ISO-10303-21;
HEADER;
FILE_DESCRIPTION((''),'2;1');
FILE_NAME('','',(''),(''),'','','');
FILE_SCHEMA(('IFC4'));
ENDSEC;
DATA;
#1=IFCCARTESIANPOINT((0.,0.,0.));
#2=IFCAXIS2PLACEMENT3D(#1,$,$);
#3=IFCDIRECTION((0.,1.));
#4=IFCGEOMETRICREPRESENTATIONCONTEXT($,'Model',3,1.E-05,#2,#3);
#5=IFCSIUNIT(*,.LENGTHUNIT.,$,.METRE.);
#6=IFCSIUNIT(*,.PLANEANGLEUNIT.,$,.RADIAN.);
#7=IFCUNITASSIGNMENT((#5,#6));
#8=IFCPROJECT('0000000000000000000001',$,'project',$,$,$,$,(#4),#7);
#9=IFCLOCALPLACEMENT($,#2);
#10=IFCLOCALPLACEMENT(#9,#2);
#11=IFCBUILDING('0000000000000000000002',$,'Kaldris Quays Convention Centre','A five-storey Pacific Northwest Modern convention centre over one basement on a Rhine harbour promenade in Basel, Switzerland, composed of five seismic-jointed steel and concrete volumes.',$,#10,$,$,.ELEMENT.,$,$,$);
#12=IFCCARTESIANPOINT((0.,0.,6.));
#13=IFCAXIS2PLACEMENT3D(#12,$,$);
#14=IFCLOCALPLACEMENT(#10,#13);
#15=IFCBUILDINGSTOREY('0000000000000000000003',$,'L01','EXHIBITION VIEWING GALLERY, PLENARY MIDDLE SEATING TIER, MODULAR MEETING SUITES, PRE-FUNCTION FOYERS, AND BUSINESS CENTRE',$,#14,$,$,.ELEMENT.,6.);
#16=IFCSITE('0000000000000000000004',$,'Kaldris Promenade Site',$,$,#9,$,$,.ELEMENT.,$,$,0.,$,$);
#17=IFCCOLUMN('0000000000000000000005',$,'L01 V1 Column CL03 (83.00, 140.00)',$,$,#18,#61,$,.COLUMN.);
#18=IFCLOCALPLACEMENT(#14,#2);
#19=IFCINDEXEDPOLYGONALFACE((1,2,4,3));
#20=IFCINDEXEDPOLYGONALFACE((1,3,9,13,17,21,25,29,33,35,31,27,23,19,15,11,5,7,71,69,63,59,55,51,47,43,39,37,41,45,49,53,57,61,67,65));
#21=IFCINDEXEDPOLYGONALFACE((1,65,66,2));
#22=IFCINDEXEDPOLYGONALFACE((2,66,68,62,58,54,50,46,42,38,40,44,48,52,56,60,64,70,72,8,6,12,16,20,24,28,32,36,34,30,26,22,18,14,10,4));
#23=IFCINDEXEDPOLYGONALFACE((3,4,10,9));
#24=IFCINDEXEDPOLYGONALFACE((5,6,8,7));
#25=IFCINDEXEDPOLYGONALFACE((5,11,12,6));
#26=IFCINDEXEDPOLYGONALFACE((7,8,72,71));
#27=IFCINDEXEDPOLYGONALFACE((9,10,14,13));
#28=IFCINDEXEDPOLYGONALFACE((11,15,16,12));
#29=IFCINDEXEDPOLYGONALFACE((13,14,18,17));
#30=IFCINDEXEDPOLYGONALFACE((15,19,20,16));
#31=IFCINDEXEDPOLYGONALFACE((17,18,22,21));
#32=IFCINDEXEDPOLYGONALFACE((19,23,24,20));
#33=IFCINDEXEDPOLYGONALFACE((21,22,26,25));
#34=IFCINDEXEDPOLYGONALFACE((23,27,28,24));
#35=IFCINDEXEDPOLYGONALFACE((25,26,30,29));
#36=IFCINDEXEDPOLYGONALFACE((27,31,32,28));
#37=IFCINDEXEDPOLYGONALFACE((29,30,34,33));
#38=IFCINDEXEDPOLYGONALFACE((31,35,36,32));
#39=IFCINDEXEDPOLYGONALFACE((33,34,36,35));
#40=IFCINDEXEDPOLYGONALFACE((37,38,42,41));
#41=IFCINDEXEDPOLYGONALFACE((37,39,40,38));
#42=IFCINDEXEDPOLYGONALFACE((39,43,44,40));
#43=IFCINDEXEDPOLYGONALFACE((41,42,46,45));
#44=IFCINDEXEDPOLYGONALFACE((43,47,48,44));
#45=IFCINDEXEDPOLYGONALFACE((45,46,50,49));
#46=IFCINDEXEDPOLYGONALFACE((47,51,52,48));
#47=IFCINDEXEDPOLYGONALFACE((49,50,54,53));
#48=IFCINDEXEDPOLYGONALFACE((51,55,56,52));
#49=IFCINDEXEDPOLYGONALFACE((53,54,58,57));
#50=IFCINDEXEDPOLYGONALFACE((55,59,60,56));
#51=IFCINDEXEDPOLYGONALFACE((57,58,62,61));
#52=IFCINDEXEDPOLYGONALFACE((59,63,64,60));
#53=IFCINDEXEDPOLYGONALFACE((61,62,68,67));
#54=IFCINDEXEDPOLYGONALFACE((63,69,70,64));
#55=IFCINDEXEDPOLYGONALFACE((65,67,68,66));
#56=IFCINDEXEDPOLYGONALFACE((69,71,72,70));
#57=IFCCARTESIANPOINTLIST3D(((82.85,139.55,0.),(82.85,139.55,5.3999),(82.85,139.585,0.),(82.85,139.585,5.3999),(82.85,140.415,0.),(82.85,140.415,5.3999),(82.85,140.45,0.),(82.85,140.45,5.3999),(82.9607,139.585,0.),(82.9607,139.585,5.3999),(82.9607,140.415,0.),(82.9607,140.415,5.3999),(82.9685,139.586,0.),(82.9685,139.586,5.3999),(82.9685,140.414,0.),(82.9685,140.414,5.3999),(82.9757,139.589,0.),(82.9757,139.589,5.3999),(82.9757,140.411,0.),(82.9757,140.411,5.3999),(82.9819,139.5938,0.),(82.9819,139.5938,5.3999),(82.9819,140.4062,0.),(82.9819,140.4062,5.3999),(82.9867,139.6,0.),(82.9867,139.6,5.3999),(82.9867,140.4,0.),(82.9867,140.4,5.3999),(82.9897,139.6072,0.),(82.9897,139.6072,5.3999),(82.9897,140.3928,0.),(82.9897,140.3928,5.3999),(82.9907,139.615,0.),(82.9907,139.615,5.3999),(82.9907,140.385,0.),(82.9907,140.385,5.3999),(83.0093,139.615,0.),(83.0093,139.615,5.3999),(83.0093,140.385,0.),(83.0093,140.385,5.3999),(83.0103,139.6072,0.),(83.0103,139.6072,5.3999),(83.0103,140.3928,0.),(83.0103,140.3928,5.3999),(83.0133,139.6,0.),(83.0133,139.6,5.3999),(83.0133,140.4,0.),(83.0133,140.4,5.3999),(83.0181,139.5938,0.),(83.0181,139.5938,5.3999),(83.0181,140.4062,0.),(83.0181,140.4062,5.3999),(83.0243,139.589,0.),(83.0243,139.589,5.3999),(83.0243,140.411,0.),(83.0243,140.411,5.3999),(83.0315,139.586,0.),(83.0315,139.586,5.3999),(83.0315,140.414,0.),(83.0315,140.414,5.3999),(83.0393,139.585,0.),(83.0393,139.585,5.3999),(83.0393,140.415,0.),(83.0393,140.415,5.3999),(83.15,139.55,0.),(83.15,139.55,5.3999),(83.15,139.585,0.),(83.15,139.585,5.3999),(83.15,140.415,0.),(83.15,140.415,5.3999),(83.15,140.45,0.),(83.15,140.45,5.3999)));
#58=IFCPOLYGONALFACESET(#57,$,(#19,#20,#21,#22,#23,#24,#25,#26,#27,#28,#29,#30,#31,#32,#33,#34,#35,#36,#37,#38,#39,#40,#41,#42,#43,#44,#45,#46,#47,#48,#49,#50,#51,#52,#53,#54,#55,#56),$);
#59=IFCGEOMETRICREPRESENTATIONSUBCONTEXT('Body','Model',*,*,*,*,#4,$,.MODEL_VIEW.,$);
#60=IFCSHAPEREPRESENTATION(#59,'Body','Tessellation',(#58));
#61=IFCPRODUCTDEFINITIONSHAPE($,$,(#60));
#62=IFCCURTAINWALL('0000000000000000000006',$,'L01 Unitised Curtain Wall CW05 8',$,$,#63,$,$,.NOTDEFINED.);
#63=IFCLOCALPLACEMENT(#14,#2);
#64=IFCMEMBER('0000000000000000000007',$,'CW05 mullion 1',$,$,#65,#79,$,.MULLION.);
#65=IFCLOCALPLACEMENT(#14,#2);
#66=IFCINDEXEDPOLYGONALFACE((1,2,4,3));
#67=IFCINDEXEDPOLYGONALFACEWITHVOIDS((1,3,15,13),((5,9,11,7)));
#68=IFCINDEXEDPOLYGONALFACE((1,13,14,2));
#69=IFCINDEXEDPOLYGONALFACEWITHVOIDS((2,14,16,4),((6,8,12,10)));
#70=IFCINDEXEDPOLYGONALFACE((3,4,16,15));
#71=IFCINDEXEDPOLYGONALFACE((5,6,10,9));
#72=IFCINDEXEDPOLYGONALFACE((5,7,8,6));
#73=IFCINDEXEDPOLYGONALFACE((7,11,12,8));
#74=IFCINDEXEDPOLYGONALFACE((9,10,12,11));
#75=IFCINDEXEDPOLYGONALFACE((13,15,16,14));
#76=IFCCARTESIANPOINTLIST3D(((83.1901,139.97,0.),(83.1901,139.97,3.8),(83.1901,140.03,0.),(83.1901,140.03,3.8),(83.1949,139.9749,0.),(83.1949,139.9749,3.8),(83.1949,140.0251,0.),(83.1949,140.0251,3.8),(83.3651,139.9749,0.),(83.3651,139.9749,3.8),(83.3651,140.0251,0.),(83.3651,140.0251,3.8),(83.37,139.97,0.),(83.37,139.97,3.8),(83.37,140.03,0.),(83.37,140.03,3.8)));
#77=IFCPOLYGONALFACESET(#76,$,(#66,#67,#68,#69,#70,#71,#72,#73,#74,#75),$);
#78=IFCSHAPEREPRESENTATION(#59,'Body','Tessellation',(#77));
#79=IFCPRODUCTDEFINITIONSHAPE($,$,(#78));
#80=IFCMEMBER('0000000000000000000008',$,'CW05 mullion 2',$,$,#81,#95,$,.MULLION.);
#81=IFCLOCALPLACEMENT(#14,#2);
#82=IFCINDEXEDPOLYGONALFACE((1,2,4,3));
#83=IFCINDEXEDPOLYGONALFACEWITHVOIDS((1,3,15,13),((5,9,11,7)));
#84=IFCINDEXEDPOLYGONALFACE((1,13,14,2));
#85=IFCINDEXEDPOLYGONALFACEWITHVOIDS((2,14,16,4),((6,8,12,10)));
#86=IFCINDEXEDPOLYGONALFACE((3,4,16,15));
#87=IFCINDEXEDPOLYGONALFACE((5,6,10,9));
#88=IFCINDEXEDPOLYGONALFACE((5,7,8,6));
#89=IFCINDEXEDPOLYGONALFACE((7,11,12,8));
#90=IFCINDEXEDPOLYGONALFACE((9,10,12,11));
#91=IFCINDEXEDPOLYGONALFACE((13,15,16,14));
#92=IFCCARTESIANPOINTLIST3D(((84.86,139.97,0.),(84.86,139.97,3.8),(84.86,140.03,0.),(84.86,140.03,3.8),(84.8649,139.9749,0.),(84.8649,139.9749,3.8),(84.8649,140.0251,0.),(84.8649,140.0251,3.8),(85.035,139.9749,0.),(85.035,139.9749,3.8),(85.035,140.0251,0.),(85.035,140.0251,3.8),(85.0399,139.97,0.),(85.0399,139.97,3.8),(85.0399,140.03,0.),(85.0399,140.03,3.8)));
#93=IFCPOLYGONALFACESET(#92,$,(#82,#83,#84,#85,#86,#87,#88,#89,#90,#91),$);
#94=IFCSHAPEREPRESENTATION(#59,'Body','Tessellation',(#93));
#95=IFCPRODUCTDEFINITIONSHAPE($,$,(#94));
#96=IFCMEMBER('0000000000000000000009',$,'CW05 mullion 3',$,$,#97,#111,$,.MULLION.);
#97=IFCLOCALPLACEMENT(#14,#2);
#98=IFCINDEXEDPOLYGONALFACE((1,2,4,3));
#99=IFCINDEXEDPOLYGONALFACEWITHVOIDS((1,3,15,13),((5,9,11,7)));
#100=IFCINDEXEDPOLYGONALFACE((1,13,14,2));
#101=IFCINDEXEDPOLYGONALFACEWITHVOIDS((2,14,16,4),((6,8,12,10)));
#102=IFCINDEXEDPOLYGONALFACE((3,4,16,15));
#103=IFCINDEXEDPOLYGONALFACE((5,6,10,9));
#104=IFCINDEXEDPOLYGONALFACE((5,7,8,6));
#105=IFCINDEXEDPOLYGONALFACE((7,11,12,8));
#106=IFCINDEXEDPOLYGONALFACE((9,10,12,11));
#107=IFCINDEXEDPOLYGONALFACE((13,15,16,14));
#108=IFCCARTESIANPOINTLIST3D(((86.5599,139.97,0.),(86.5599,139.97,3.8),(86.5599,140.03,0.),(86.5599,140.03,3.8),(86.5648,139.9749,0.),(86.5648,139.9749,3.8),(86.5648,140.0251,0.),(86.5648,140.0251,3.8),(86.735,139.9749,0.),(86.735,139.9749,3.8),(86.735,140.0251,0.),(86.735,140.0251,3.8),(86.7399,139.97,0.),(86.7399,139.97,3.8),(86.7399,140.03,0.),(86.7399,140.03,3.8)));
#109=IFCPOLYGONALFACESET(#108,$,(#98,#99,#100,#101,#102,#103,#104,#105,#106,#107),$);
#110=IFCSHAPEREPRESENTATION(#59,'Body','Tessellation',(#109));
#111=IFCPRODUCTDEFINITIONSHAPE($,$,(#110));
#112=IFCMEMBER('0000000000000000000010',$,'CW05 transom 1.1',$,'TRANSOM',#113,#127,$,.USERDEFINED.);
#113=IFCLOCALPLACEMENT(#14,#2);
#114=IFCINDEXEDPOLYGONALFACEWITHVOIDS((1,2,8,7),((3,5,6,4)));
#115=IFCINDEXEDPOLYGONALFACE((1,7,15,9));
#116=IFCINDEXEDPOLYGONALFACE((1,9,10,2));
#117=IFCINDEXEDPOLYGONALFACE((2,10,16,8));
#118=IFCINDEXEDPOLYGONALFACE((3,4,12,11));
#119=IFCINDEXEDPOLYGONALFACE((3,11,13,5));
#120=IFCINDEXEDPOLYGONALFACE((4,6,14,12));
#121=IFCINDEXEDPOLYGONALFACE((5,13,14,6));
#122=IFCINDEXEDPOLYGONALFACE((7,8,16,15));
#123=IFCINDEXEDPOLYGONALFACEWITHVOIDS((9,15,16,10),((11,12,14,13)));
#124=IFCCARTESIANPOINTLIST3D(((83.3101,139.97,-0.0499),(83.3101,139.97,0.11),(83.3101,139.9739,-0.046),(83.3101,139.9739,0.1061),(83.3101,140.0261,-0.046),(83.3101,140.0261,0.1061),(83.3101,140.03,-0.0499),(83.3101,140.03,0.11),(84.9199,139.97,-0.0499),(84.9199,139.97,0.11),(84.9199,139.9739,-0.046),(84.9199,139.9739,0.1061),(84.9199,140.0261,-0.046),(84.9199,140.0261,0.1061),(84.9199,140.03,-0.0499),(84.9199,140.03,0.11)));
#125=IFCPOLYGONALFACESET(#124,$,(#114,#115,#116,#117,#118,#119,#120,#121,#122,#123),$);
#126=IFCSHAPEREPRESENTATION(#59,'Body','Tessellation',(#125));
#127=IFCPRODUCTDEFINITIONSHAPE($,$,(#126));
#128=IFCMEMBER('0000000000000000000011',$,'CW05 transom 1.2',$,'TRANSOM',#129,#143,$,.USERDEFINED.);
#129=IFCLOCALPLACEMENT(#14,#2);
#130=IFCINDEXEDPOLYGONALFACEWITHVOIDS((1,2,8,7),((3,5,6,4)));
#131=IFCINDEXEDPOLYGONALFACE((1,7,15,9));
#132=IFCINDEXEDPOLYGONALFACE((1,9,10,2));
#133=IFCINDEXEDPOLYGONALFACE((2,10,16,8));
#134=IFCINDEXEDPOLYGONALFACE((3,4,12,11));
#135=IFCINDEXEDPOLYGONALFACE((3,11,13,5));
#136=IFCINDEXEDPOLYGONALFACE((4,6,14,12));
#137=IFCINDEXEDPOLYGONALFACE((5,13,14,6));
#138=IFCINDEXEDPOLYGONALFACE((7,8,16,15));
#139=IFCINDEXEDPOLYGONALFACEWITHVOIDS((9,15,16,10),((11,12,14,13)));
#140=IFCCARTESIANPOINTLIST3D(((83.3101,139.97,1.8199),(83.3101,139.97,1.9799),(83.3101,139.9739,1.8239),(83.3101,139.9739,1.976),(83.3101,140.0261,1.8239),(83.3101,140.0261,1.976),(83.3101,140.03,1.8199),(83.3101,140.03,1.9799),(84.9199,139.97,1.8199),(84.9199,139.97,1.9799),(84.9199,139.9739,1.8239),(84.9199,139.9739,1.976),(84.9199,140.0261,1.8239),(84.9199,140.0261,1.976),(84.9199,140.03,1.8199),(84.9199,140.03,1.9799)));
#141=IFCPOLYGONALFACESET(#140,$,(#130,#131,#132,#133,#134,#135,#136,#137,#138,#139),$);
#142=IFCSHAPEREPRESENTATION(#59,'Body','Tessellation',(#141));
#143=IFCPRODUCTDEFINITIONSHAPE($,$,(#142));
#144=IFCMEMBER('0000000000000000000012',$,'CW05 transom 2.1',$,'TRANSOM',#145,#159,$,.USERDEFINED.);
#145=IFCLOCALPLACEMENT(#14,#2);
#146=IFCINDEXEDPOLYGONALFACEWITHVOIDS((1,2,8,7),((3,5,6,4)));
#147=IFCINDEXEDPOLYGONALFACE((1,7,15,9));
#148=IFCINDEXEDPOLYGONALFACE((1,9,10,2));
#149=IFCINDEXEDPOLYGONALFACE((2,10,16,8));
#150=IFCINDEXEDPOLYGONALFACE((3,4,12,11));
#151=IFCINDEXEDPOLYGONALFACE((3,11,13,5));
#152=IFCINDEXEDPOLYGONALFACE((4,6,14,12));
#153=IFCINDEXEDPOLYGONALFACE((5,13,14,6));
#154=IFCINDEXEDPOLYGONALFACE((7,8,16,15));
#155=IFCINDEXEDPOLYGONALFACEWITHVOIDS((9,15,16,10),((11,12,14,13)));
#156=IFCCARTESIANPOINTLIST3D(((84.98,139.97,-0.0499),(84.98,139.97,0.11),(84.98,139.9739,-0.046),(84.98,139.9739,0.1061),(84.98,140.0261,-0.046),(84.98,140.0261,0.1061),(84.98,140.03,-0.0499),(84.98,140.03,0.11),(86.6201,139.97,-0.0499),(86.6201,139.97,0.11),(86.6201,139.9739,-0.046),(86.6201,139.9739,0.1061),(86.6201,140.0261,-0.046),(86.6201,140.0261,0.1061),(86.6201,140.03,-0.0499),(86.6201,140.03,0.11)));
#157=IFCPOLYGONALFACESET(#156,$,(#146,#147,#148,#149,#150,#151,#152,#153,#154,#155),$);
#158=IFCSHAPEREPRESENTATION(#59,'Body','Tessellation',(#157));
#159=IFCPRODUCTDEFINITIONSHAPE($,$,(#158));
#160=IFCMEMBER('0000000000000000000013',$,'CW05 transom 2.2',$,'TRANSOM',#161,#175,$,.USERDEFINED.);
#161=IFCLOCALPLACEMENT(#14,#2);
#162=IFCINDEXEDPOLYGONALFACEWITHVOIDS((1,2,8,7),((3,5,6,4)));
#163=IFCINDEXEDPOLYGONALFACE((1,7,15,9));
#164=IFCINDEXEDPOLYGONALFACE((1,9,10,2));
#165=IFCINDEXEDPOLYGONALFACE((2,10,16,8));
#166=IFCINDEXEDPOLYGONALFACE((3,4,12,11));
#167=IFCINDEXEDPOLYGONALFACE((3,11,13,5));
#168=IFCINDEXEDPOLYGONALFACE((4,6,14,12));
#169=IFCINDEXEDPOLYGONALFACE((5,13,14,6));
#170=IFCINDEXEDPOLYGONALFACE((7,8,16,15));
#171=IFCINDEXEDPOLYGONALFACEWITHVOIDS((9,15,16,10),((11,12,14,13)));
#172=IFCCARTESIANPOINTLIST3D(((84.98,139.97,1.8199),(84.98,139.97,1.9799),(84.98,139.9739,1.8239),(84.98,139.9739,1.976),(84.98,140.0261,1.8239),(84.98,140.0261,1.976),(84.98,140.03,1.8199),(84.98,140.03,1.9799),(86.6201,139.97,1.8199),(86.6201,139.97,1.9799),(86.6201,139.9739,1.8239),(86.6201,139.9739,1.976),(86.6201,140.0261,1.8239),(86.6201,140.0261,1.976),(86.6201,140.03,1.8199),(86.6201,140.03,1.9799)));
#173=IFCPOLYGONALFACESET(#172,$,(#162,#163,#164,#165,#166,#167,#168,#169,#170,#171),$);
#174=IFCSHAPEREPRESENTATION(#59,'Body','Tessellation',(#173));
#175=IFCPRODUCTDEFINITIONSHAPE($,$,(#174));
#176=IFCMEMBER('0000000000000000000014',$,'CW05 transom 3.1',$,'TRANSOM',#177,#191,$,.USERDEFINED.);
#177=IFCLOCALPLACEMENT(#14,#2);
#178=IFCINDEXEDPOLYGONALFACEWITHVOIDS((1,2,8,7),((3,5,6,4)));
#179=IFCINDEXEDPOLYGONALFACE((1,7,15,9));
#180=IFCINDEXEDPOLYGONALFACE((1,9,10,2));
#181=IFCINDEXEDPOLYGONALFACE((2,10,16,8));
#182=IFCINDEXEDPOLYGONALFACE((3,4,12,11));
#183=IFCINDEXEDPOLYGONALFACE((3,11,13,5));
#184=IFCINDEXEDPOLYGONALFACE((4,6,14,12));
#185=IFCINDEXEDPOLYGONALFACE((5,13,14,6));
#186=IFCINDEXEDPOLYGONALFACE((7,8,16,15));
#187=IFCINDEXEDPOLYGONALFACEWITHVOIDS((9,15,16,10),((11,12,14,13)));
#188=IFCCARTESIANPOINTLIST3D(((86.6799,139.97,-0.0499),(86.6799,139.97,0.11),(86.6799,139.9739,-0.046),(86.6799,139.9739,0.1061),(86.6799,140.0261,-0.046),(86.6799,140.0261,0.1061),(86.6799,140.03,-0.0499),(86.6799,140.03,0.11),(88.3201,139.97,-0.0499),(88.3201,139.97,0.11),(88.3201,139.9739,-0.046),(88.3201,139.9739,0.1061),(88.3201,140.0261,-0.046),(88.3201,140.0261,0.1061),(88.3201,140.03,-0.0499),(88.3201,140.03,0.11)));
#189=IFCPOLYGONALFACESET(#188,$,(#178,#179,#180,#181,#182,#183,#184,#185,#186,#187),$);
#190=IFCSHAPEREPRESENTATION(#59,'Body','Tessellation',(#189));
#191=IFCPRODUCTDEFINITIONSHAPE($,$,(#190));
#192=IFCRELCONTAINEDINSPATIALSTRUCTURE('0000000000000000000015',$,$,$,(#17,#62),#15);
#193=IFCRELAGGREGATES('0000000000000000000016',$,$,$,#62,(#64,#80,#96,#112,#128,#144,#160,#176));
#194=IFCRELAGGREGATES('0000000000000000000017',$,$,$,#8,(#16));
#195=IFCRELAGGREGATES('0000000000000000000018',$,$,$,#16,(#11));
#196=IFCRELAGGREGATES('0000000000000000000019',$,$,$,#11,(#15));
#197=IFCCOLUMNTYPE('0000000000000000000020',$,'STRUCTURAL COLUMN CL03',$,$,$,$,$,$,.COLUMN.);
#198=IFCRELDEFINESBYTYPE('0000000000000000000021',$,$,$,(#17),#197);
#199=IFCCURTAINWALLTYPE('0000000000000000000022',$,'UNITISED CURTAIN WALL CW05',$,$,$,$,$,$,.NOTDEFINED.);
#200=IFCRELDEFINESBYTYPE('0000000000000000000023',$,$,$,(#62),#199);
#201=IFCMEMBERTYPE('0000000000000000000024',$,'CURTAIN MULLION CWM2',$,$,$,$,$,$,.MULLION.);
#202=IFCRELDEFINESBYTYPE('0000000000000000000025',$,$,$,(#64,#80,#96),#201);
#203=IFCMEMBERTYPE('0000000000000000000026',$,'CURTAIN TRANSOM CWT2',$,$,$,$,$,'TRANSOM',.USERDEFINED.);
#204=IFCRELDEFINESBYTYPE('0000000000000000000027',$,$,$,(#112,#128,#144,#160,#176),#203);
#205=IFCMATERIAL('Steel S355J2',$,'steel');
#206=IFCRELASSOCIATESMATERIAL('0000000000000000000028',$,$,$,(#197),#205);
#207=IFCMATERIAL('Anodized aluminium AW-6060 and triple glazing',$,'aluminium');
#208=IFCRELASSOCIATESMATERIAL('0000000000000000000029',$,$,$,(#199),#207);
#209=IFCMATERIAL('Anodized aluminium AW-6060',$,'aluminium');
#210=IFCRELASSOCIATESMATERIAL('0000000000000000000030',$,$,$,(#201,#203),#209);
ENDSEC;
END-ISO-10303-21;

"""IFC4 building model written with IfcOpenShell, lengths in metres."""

from ifc_helpers import new_model, si_unit, direction, frame, origin, origin_2d, place, context, subcontext, project, spatial, hollow_rectangle, i_section, extrude, material, material_profile, profile_set, type_object, element, aggregate, save


model = new_model("IFC4")

# Units and contexts
model_context = context("Model", 3, precision=1e-05, world=origin(), true_north=direction((0.0, 1.0)))
body_context = subcontext(model_context, "Body", "Model", "MODEL_VIEW")
ifc_project = project(units=[si_unit("LENGTHUNIT", "METRE"), si_unit("PLANEANGLEUNIT", "RADIAN")], contexts=[model_context])

# Site, building, storey
site_placement = place(None, origin())
site = spatial("IfcSite", under=ifc_project, at=site_placement, Name="Kaldris Promenade Site", CompositionType="ELEMENT", RefElevation=0.0)
building_placement = place(site_placement, origin())
building = spatial("IfcBuilding", under=site, at=building_placement, Name="Kaldris Quays Convention Centre", Description="A five-storey Pacific Northwest Modern convention centre over one basement on a Rhine harbour promenade in Basel, Switzerland, composed of five seismic-jointed steel and concrete volumes.", CompositionType="ELEMENT")
storey_placement = place(building_placement, frame((0.0, 0.0, 6.0)))
storey = spatial("IfcBuildingStorey", under=building, at=storey_placement, Name="L01", Description="EXHIBITION VIEWING GALLERY, PLENARY MIDDLE SEATING TIER, MODULAR MEETING SUITES, PRE-FUNCTION FOYERS, AND BUSINESS CENTRE", CompositionType="ELEMENT", Elevation=6.0)

# Column
ifc_material_1 = material(Name="Steel S355J2", Category="steel")
ifc_material_profile_1 = material_profile(ifc_material_1, i_section(OverallWidth=0.3, OverallDepth=0.8999, WebThickness=0.0186, FlangeThickness=0.0349, FilletRadius=0.03, at=origin_2d()), Name="HEB 900")
ifc_profile_set_1 = profile_set([ifc_material_profile_1], Name="Steel S355J2")
column_type = type_object("IfcColumnType", Name="STRUCTURAL COLUMN CL03", PredefinedType="COLUMN", material=ifc_profile_set_1)
column_placement = place(storey_placement, frame((83.0, 140.0, 0.0), z_axis=(0.0, 0.0, 1.0), x_axis=(1.0, 0.0, 0.0)))
element("IfcColumn", 1, at=column_placement, inside=storey, type_object=column_type, Name="L01 V1 Column CL03 (83.00, 140.00)", PredefinedType="COLUMN", context=body_context, shape_type="SweptSolid", body=[
    extrude(i_section(OverallWidth=0.3, OverallDepth=0.8999, WebThickness=0.0186, FlangeThickness=0.0349, FilletRadius=0.03, at=origin_2d()), origin(), (0.0, 0.0, 1.0), 5.3999),
])

# Curtain wall, members
ifc_material_2 = material(Name="Anodized aluminium AW-6060 and triple glazing", Category="aluminium")
curtain_wall_type = type_object("IfcCurtainWallType", Name="UNITISED CURTAIN WALL CW05", PredefinedType="NOTDEFINED", material=ifc_material_2)
curtain_wall_placement = place(storey_placement, origin())
curtain_wall = element("IfcCurtainWall", 2, at=curtain_wall_placement, inside=storey, type_object=curtain_wall_type, Name="L01 Unitised Curtain Wall CW05 8", PredefinedType="NOTDEFINED")
ifc_material_3 = material(Name="Anodized aluminium AW-6060", Category="aluminium")
ifc_material_profile_2 = material_profile(ifc_material_3, hollow_rectangle(XDim=0.0601, YDim=0.1799, WallThickness=0.0049, at=origin_2d()), Name="RHS 180x60x5")
ifc_profile_set_2 = profile_set([ifc_material_profile_2], Name="Anodized aluminium AW-6060")
member_type_1 = type_object("IfcMemberType", Name="CURTAIN MULLION CWM2", PredefinedType="MULLION", material=ifc_profile_set_2)
member_1_placement = place(storey_placement, frame((83.28, 140.0, 0.0), z_axis=(0.0, 0.0, 1.0), x_axis=(0.0, 1.0, 0.0)))
member_1 = element("IfcMember", 3, at=member_1_placement, type_object=member_type_1, Name="CW05 mullion 1", PredefinedType="MULLION", context=body_context, shape_type="SweptSolid", body=[
    extrude(hollow_rectangle(XDim=0.0601, YDim=0.1799, WallThickness=0.0049, at=origin_2d()), origin(), (0.0, 0.0, 1.0), 3.8),
])
member_2_placement = place(storey_placement, frame((84.95, 140.0, 0.0), z_axis=(0.0, 0.0, 1.0), x_axis=(0.0, 1.0, 0.0)))
member_2 = element("IfcMember", 4, at=member_2_placement, type_object=member_type_1, Name="CW05 mullion 2", PredefinedType="MULLION", context=body_context, shape_type="SweptSolid", body=[
    extrude(hollow_rectangle(XDim=0.0601, YDim=0.1799, WallThickness=0.0049, at=origin_2d()), origin(), (0.0, 0.0, 1.0), 3.8),
])
member_3_placement = place(storey_placement, frame((86.6499, 140.0, 0.0), z_axis=(0.0, 0.0, 1.0), x_axis=(0.0, 1.0, 0.0)))
member_3 = element("IfcMember", 5, at=member_3_placement, type_object=member_type_1, Name="CW05 mullion 3", PredefinedType="MULLION", context=body_context, shape_type="SweptSolid", body=[
    extrude(hollow_rectangle(XDim=0.0601, YDim=0.1799, WallThickness=0.0049, at=origin_2d()), origin(), (0.0, 0.0, 1.0), 3.8),
])
ifc_material_profile_3 = material_profile(ifc_material_3, hollow_rectangle(XDim=0.0601, YDim=0.1599, WallThickness=0.0039, at=origin_2d()), Name="RHS 160x60x4")
ifc_profile_set_3 = profile_set([ifc_material_profile_3], Name="Anodized aluminium AW-6060")
member_type_2 = type_object("IfcMemberType", Name="CURTAIN TRANSOM CWT2", ElementType="TRANSOM", PredefinedType="USERDEFINED", material=ifc_profile_set_3)
member_4_placement = place(storey_placement, frame((83.3101, 140.0, 0.03), z_axis=(1.0, 0.0, 0.0), x_axis=(0.0, 1.0, 0.0)))
member_4 = element("IfcMember", 6, at=member_4_placement, type_object=member_type_2, Name="CW05 transom 1.1", ObjectType="TRANSOM", PredefinedType="USERDEFINED", context=body_context, shape_type="SweptSolid", body=[
    extrude(hollow_rectangle(XDim=0.0601, YDim=0.1599, WallThickness=0.0039, at=origin_2d()), origin(), (0.0, 0.0, 1.0), 1.6099),
])
member_5_placement = place(storey_placement, frame((83.3101, 140.0, 1.8999), z_axis=(1.0, 0.0, 0.0), x_axis=(0.0, 1.0, 0.0)))
member_5 = element("IfcMember", 7, at=member_5_placement, type_object=member_type_2, Name="CW05 transom 1.2", ObjectType="TRANSOM", PredefinedType="USERDEFINED", context=body_context, shape_type="SweptSolid", body=[
    extrude(hollow_rectangle(XDim=0.0601, YDim=0.1599, WallThickness=0.0039, at=origin_2d()), origin(), (0.0, 0.0, 1.0), 1.6099),
])
member_6_placement = place(storey_placement, frame((84.98, 140.0, 0.03), z_axis=(1.0, 0.0, 0.0), x_axis=(0.0, 1.0, 0.0)))
member_6 = element("IfcMember", 8, at=member_6_placement, type_object=member_type_2, Name="CW05 transom 2.1", ObjectType="TRANSOM", PredefinedType="USERDEFINED", context=body_context, shape_type="SweptSolid", body=[
    extrude(hollow_rectangle(XDim=0.0601, YDim=0.1599, WallThickness=0.0039, at=origin_2d()), origin(), (0.0, 0.0, 1.0), 1.6401),
])
member_7_placement = place(storey_placement, frame((84.98, 140.0, 1.8999), z_axis=(1.0, 0.0, 0.0), x_axis=(0.0, 1.0, 0.0)))
member_7 = element("IfcMember", 9, at=member_7_placement, type_object=member_type_2, Name="CW05 transom 2.2", ObjectType="TRANSOM", PredefinedType="USERDEFINED", context=body_context, shape_type="SweptSolid", body=[
    extrude(hollow_rectangle(XDim=0.0601, YDim=0.1599, WallThickness=0.0039, at=origin_2d()), origin(), (0.0, 0.0, 1.0), 1.6401),
])
member_8_placement = place(storey_placement, frame((86.6799, 140.0, 0.03), z_axis=(1.0, 0.0, 0.0), x_axis=(0.0, 1.0, 0.0)))
member_8 = element("IfcMember", 10, at=member_8_placement, type_object=member_type_2, Name="CW05 transom 3.1", ObjectType="TRANSOM", PredefinedType="USERDEFINED", context=body_context, shape_type="SweptSolid", body=[
    extrude(hollow_rectangle(XDim=0.0601, YDim=0.1599, WallThickness=0.0039, at=origin_2d()), origin(), (0.0, 0.0, 1.0), 1.6401),
])
aggregate(curtain_wall, [member_1, member_2, member_3, member_4, member_5, member_6, member_7, member_8])

save(model, "model.ifc")
